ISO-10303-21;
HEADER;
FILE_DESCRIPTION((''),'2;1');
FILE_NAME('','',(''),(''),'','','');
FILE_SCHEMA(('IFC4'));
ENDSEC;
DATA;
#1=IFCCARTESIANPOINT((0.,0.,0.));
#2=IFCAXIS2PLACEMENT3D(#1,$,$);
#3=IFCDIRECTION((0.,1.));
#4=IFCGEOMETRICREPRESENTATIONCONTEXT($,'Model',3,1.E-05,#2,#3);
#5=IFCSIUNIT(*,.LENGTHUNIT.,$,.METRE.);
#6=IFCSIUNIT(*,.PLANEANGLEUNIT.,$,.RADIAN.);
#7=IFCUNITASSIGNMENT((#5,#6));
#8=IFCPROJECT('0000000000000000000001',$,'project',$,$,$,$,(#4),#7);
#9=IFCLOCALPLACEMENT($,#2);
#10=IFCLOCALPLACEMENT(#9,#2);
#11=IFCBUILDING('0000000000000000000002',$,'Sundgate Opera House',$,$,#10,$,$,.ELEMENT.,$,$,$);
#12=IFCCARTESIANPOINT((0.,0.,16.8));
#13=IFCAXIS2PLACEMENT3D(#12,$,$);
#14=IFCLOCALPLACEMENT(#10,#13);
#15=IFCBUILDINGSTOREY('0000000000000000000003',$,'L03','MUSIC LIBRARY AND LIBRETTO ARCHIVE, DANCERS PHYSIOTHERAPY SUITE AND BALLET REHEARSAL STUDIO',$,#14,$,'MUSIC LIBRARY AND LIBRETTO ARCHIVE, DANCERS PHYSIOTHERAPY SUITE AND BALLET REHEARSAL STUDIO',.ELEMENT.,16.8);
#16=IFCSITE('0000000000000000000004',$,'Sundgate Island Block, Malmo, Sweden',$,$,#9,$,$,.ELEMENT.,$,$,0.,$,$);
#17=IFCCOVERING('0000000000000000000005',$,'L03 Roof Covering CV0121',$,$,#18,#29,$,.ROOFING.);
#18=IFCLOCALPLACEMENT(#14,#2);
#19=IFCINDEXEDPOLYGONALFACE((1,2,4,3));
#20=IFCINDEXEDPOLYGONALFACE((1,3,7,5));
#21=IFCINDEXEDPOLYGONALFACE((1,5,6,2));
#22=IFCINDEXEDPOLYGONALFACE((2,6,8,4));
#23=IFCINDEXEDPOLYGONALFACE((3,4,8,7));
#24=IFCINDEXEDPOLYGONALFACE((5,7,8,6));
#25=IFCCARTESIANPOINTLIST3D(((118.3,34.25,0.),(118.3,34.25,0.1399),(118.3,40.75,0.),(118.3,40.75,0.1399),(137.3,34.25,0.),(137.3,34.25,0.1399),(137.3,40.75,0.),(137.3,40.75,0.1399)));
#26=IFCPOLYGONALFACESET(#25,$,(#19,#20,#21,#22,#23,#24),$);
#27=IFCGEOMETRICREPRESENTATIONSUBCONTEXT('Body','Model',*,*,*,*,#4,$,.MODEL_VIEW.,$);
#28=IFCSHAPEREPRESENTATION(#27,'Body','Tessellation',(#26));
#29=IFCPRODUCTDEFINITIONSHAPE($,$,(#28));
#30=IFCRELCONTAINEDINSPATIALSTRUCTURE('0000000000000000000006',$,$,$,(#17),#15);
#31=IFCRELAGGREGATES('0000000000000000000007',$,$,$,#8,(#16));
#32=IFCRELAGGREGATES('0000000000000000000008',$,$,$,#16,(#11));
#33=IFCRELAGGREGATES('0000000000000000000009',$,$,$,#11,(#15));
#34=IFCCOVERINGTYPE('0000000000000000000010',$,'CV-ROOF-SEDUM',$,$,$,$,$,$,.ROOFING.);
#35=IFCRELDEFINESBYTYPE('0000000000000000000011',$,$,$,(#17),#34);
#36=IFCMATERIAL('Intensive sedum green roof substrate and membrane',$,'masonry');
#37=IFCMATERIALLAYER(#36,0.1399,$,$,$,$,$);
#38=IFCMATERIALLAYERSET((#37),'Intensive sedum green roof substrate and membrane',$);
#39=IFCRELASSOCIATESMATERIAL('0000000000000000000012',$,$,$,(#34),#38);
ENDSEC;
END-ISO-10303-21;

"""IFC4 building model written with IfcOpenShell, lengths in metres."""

from ifc_helpers import new_model, si_unit, direction, frame, origin, origin_2d, place, context, subcontext, project, spatial, rectangle, extrude, material, layer, layer_set, type_object, element, save


model = new_model("IFC4")

# Units and contexts
model_context = context("Model", 3, precision=1e-05, world=origin(), true_north=direction((0.0, 1.0)))
body_context = subcontext(model_context, "Body", "Model", "MODEL_VIEW")
ifc_project = project(units=[si_unit("LENGTHUNIT", "METRE"), si_unit("PLANEANGLEUNIT", "RADIAN")], contexts=[model_context])

# Site, building, storey
site_placement = place(None, origin())
site = spatial("IfcSite", under=ifc_project, at=site_placement, Name="Sundgate Island Block, Malmo, Sweden", CompositionType="ELEMENT", RefElevation=0.0)
building_placement = place(site_placement, origin())
building = spatial("IfcBuilding", under=site, at=building_placement, Name="Sundgate Opera House", CompositionType="ELEMENT")
storey_placement = place(building_placement, frame((0.0, 0.0, 16.8)))
storey = spatial("IfcBuildingStorey", under=building, at=storey_placement, Name="L03", Description="MUSIC LIBRARY AND LIBRETTO ARCHIVE, DANCERS PHYSIOTHERAPY SUITE AND BALLET REHEARSAL STUDIO", LongName="MUSIC LIBRARY AND LIBRETTO ARCHIVE, DANCERS PHYSIOTHERAPY SUITE AND BALLET REHEARSAL STUDIO", CompositionType="ELEMENT", Elevation=16.8)

# Covering
ifc_material_1 = material(Name="Intensive sedum green roof substrate and membrane", Category="masonry")
ifc_layer_1 = layer(ifc_material_1, 0.1399)
ifc_layer_set_1 = layer_set([ifc_layer_1], Name="Intensive sedum green roof substrate and membrane")
covering_type = type_object("IfcCoveringType", Name="CV-ROOF-SEDUM", PredefinedType="ROOFING", material=ifc_layer_set_1)
covering_placement = place(storey_placement, frame((127.8, 37.5, 0.0), z_axis=(0.0, 0.0, 1.0), x_axis=(1.0, 0.0, 0.0)))
element("IfcCovering", 1, at=covering_placement, inside=storey, type_object=covering_type, Name="L03 Roof Covering CV0121", PredefinedType="ROOFING", context=body_context, shape_type="SweptSolid", body=[
    extrude(rectangle(XDim=19.0, YDim=6.5, at=origin_2d()), origin(), (0.0, 0.0, 1.0), 0.1399),
])

save(model, "model.ifc")
